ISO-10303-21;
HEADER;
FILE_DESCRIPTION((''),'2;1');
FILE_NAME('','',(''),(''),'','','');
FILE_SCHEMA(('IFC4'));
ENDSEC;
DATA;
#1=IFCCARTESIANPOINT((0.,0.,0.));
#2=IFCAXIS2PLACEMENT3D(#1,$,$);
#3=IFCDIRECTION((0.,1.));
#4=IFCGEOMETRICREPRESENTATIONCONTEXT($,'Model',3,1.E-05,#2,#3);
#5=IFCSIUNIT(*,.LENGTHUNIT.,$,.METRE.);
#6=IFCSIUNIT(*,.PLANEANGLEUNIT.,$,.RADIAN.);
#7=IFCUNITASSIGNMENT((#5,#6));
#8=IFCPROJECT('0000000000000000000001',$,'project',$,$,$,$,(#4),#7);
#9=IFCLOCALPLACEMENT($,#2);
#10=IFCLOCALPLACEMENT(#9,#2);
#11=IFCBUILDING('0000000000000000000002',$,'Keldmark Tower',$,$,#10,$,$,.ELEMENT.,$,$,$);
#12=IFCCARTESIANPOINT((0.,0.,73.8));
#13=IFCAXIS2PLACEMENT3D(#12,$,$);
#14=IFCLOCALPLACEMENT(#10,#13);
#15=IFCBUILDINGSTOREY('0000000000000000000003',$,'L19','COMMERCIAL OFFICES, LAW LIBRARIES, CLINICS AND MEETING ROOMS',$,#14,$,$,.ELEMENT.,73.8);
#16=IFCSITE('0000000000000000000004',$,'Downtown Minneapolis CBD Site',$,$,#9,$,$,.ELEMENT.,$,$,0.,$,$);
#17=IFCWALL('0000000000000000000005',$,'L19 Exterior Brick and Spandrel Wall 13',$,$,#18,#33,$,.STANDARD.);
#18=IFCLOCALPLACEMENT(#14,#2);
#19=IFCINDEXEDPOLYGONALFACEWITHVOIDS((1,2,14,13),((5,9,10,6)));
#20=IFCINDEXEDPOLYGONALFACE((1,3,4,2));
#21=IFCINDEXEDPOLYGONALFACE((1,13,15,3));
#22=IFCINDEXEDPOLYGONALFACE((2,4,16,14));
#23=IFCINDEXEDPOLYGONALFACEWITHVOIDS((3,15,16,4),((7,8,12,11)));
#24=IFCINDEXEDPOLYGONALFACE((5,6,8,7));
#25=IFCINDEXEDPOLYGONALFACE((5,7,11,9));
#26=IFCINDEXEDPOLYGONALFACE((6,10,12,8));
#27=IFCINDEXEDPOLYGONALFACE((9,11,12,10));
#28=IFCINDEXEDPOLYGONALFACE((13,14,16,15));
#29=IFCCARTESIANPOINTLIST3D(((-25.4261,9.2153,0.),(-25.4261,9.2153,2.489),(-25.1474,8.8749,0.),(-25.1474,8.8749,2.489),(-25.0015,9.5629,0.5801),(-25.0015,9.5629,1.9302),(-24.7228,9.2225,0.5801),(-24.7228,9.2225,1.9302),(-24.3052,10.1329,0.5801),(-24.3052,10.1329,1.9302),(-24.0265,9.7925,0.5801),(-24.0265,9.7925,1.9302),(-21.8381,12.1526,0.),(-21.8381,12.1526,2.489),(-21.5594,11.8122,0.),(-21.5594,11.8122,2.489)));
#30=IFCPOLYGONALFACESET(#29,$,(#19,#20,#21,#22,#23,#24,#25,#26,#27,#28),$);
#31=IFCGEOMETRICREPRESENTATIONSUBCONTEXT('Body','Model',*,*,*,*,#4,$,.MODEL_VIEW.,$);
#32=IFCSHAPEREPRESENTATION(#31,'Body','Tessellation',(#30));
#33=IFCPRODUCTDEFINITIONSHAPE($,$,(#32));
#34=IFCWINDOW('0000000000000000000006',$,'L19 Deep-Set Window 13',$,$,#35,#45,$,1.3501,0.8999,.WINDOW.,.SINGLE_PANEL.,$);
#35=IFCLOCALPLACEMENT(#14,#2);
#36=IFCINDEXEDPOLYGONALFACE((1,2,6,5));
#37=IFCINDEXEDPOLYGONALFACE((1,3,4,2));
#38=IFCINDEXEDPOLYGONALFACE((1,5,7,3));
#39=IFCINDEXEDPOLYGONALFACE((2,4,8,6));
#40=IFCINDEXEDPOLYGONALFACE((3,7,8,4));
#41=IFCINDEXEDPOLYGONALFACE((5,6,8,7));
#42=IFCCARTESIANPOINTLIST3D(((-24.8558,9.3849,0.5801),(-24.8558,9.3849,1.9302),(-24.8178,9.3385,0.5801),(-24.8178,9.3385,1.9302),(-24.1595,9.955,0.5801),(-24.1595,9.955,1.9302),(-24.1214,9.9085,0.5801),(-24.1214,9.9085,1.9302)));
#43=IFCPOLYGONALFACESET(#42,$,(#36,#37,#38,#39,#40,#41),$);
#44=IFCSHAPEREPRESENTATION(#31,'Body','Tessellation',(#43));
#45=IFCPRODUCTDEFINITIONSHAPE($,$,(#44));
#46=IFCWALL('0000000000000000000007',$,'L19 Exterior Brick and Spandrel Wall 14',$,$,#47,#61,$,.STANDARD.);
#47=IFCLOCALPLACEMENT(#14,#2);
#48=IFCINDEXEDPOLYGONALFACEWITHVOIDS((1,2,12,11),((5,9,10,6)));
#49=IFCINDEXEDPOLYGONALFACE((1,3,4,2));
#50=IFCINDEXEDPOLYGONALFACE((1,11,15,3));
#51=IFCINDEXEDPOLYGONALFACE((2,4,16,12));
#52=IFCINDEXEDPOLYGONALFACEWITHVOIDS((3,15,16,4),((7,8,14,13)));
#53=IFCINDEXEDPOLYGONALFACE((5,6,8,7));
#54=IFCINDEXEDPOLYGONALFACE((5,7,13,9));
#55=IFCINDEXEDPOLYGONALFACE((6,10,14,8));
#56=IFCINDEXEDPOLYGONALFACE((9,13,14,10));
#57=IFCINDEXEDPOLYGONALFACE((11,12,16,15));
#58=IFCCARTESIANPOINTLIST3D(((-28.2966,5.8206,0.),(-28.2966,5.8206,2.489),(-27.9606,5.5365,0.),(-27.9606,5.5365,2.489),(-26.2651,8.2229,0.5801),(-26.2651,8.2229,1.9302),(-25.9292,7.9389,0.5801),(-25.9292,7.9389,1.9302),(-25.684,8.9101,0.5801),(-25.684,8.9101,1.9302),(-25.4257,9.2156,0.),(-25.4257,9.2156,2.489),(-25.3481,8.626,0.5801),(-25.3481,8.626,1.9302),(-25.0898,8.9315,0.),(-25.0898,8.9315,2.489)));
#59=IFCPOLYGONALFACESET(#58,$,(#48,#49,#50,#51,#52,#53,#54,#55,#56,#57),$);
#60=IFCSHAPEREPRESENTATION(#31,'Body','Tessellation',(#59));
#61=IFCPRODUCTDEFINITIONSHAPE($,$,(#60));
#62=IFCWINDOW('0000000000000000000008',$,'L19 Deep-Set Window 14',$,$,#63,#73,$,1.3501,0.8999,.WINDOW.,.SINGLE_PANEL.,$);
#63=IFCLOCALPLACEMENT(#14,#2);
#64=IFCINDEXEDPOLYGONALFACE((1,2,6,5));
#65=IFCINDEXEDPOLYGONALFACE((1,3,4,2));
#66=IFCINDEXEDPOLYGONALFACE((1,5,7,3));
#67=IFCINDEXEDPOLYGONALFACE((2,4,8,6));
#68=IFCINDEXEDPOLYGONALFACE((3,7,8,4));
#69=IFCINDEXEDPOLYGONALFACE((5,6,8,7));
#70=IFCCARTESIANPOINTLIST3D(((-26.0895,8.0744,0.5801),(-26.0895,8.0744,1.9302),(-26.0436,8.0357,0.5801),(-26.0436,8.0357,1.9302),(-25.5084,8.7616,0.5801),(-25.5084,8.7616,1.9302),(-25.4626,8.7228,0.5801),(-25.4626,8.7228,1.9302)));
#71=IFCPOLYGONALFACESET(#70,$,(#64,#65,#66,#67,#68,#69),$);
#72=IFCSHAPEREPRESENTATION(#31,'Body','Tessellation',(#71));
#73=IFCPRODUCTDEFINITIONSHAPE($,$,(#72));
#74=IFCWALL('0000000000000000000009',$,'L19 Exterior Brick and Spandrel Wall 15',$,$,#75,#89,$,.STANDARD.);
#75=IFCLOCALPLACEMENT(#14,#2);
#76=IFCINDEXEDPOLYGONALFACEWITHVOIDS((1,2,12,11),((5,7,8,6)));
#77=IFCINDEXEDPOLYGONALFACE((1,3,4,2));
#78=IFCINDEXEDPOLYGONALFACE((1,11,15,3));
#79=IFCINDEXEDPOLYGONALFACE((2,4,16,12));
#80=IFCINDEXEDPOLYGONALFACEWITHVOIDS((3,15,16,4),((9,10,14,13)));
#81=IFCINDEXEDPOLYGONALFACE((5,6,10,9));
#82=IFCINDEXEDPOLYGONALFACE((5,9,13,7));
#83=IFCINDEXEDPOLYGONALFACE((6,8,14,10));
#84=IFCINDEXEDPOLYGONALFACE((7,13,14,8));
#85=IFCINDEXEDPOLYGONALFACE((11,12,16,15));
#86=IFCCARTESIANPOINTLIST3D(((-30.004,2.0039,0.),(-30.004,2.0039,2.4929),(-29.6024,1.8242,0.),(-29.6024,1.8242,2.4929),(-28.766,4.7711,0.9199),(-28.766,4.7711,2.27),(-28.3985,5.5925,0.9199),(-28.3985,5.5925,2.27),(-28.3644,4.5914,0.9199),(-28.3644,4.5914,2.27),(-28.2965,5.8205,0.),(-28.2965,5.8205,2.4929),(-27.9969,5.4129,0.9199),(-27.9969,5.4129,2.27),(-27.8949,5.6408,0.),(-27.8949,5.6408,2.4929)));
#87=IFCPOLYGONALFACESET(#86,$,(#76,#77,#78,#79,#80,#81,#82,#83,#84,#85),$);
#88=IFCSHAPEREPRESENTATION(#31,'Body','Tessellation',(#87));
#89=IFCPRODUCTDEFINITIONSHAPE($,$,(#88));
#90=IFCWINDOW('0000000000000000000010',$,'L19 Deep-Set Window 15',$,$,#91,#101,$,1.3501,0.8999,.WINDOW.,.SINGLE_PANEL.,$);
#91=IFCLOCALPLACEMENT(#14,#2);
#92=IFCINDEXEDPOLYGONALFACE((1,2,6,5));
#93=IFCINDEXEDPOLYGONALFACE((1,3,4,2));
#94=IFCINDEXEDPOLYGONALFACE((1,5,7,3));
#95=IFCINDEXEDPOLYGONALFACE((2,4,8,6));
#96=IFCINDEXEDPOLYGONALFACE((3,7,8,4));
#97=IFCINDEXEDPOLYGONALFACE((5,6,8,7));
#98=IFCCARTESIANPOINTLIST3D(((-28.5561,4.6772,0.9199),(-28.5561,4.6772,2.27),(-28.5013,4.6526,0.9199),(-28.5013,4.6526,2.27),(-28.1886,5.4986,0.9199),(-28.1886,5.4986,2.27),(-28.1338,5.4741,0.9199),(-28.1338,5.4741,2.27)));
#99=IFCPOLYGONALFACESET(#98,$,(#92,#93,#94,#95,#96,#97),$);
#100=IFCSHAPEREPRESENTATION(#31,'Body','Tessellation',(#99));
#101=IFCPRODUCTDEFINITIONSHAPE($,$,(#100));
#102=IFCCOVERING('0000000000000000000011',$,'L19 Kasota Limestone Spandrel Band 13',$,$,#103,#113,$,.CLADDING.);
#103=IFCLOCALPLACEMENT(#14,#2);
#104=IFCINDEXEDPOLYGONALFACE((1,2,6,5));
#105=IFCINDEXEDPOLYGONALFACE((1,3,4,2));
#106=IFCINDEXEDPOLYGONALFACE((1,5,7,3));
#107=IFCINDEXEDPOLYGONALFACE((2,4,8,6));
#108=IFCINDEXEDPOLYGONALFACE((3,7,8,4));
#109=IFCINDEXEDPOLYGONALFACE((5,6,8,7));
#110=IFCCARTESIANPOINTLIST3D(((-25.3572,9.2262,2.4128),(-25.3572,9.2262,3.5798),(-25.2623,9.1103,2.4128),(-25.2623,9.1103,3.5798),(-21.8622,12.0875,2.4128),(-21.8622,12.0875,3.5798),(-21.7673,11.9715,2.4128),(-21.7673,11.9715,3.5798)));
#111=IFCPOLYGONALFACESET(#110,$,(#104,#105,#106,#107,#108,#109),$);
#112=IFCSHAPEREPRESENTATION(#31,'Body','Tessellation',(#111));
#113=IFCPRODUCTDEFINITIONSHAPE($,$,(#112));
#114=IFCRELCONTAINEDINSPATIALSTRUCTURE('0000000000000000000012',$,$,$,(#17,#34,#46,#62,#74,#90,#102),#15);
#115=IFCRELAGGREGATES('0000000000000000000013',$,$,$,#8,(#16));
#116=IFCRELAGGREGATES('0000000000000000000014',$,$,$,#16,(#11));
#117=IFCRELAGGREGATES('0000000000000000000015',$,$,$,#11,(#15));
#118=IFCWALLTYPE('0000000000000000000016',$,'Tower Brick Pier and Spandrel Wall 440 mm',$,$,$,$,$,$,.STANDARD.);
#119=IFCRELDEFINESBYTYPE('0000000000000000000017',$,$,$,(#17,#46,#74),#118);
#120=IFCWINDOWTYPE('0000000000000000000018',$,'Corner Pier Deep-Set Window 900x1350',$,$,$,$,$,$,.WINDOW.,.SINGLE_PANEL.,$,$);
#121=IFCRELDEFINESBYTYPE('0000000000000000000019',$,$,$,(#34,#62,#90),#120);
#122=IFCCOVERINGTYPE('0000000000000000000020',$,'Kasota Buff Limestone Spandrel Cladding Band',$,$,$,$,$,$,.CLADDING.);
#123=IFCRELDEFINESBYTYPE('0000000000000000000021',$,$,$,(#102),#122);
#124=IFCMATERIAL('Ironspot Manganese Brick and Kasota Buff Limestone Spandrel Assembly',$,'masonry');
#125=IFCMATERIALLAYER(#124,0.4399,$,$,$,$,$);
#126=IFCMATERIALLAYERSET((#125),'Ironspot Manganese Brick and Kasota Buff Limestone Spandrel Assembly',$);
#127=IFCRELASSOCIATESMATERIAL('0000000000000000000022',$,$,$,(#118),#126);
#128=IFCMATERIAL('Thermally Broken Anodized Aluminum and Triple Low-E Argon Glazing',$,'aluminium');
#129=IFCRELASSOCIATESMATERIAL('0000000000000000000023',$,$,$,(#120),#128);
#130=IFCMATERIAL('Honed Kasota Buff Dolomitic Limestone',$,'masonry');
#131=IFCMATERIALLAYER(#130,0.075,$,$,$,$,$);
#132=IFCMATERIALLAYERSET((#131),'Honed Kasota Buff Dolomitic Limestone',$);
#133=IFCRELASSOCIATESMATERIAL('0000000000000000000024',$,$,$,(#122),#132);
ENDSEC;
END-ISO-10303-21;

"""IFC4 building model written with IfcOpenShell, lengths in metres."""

from ifc_helpers import new_model, si_unit, direction, frame, frame_2d, origin, origin_2d, place, context, subcontext, project, spatial, rectangle, extrude, material, layer, layer_set, type_object, element, fill, save


model = new_model("IFC4")

# Units and contexts
model_context = context("Model", 3, precision=1e-05, world=origin(), true_north=direction((0.0, 1.0)))
body_context = subcontext(model_context, "Body", "Model", "MODEL_VIEW")
ifc_project = project(units=[si_unit("LENGTHUNIT", "METRE"), si_unit("PLANEANGLEUNIT", "RADIAN")], contexts=[model_context])

# Site, building, storey
site_placement = place(None, origin())
site = spatial("IfcSite", under=ifc_project, at=site_placement, Name="Downtown Minneapolis CBD Site", CompositionType="ELEMENT", RefElevation=0.0)
building_placement = place(site_placement, origin())
building = spatial("IfcBuilding", under=site, at=building_placement, Name="Keldmark Tower", CompositionType="ELEMENT")
storey_placement = place(building_placement, frame((0.0, 0.0, 73.8)))
storey = spatial("IfcBuildingStorey", under=building, at=storey_placement, Name="L19", Description="COMMERCIAL OFFICES, LAW LIBRARIES, CLINICS AND MEETING ROOMS", CompositionType="ELEMENT", Elevation=73.8)

# Walls, openings, windows
ifc_material_1 = material(Name="Ironspot Manganese Brick and Kasota Buff Limestone Spandrel Assembly", Category="masonry")
ifc_layer_1 = layer(ifc_material_1, 0.4399)
ifc_layer_set_1 = layer_set([ifc_layer_1], Name="Ironspot Manganese Brick and Kasota Buff Limestone Spandrel Assembly")
wall_type_1 = type_object("IfcWallType", Name="Tower Brick Pier and Spandrel Wall 440 mm", PredefinedType="STANDARD", material=ifc_layer_set_1)
wall_1_placement = place(storey_placement, frame((-25.2866, 9.0452, 0.0), z_axis=(0.0, 0.0, 1.0), x_axis=(0.773777, 0.633459, 0.0)))
wall_1 = element("IfcWall", 1, at=wall_1_placement, inside=storey, type_object=wall_type_1, Name="L19 Exterior Brick and Spandrel Wall 13", PredefinedType="STANDARD", context=body_context, shape_type="SweptSolid", body=[
    extrude(rectangle(XDim=4.637, YDim=0.4399, at=frame_2d((2.3184, 0.0))), origin(), (0.0, 0.0, 1.0), 2.489),
])
opening_1_placement = place(wall_1_placement, frame((0.5486, 0.0, 0.5801)))
opening_1 = element("IfcOpeningElement", 2, at=opening_1_placement, cuts=wall_1, PredefinedType="OPENING", context=body_context, shape_type="SweptSolid", body=[
    extrude(rectangle(XDim=0.8999, YDim=1.3501, at=frame_2d((0.45, 0.675))), frame((0.0, 0.23, 0.0), z_axis=(0.0, -1.0, 0.0), x_axis=(1.0, 0.0, 0.0)), (0.0, 0.0, 1.0), 0.46),
])
ifc_material_2 = material(Name="Thermally Broken Anodized Aluminum and Triple Low-E Argon Glazing", Category="aluminium")
window_type_1 = type_object("IfcWindowType", Name="Corner Pier Deep-Set Window 900x1350", PartitioningType="SINGLE_PANEL", PredefinedType="WINDOW", material=ifc_material_2)
window_1_placement = place(opening_1_placement, origin())
window_1 = element("IfcWindow", 3, at=window_1_placement, inside=storey, type_object=window_type_1, Name="L19 Deep-Set Window 13", OverallHeight=1.3501, OverallWidth=0.8999, PartitioningType="SINGLE_PANEL", PredefinedType="WINDOW", context=body_context, shape_type="SweptSolid", body=[
    extrude(rectangle(XDim=0.8999, YDim=1.3501, at=frame_2d((0.45, 0.675))), frame((0.0, -0.01, 0.0), z_axis=(0.0, -1.0, 0.0), x_axis=(1.0, 0.0, 0.0)), (0.0, 0.0, 1.0), 0.0601),
])
fill(opening_1, window_1)
wall_2_placement = place(storey_placement, frame((-28.1287, 5.6785, 0.0), z_axis=(0.0, 0.0, 1.0), x_axis=(0.645699, 0.763592, 0.0)))
wall_2 = element("IfcWall", 4, at=wall_2_placement, inside=storey, type_object=wall_type_1, Name="L19 Exterior Brick and Spandrel Wall 14", PredefinedType="STANDARD", context=body_context, shape_type="SweptSolid", body=[
    extrude(rectangle(XDim=4.446, YDim=0.4399, at=frame_2d((2.2231, 0.0))), origin(), (0.0, 0.0, 1.0), 2.489),
])
opening_2_placement = place(wall_2_placement, frame((3.1462, 0.0, 0.5801)))
opening_2 = element("IfcOpeningElement", 5, at=opening_2_placement, cuts=wall_2, PredefinedType="OPENING", context=body_context, shape_type="SweptSolid", body=[
    extrude(rectangle(XDim=0.8999, YDim=1.3501, at=frame_2d((0.45, 0.675))), frame((0.0, 0.23, 0.0), z_axis=(0.0, -1.0, 0.0), x_axis=(1.0, 0.0, 0.0)), (0.0, 0.0, 1.0), 0.46),
])
window_2_placement = place(opening_2_placement, origin())
window_2 = element("IfcWindow", 6, at=window_2_placement, inside=storey, type_object=window_type_1, Name="L19 Deep-Set Window 14", OverallHeight=1.3501, OverallWidth=0.8999, PartitioningType="SINGLE_PANEL", PredefinedType="WINDOW", context=body_context, shape_type="SweptSolid", body=[
    extrude(rectangle(XDim=0.8999, YDim=1.3501, at=frame_2d((0.45, 0.675))), frame((0.0, -0.01, 0.0), z_axis=(0.0, -1.0, 0.0), x_axis=(1.0, 0.0, 0.0)), (0.0, 0.0, 1.0), 0.0601),
])
fill(opening_2, window_2)
wall_3_placement = place(storey_placement, frame((-29.8032, 1.9141, 0.0), z_axis=(0.0, 0.0, 1.0), x_axis=(0.40838, 0.912812, 0.0)))
wall_3 = element("IfcWall", 7, at=wall_3_placement, inside=storey, type_object=wall_type_1, Name="L19 Exterior Brick and Spandrel Wall 15", PredefinedType="STANDARD", context=body_context, shape_type="SweptSolid", body=[
    extrude(rectangle(XDim=4.1812, YDim=0.4399, at=frame_2d((2.0906, 0.0))), origin(), (0.0, 0.0, 1.0), 2.4929),
])
opening_3_placement = place(wall_3_placement, frame((3.0315, 0.0, 0.9199)))
opening_3 = element("IfcOpeningElement", 8, at=opening_3_placement, cuts=wall_3, PredefinedType="OPENING", context=body_context, shape_type="SweptSolid", body=[
    extrude(rectangle(XDim=0.8999, YDim=1.3501, at=frame_2d((0.45, 0.675))), frame((0.0, 0.23, 0.0), z_axis=(0.0, -1.0, 0.0), x_axis=(1.0, 0.0, 0.0)), (0.0, 0.0, 1.0), 0.46),
])
window_3_placement = place(opening_3_placement, origin())
window_3 = element("IfcWindow", 9, at=window_3_placement, inside=storey, type_object=window_type_1, Name="L19 Deep-Set Window 15", OverallHeight=1.3501, OverallWidth=0.8999, PartitioningType="SINGLE_PANEL", PredefinedType="WINDOW", context=body_context, shape_type="SweptSolid", body=[
    extrude(rectangle(XDim=0.8999, YDim=1.3501, at=frame_2d((0.45, 0.675))), frame((0.0, -0.01, 0.0), z_axis=(0.0, -1.0, 0.0), x_axis=(1.0, 0.0, 0.0)), (0.0, 0.0, 1.0), 0.0601),
])
fill(opening_3, window_3)

# Covering
ifc_material_3 = material(Name="Honed Kasota Buff Dolomitic Limestone", Category="masonry")
ifc_layer_2 = layer(ifc_material_3, 0.075)
ifc_layer_set_2 = layer_set([ifc_layer_2], Name="Honed Kasota Buff Dolomitic Limestone")
covering_type = type_object("IfcCoveringType", Name="Kasota Buff Limestone Spandrel Cladding Band", PredefinedType="CLADDING", material=ifc_layer_set_2)
covering_placement = place(storey_placement, frame((-23.5623, 10.5989, 2.4128), z_axis=(0.0, 0.0, 1.0), x_axis=(-0.773774, -0.633462, 0.0)))
element("IfcCovering", 10, at=covering_placement, inside=storey, type_object=covering_type, Name="L19 Kasota Limestone Spandrel Band 13", PredefinedType="CLADDING", context=body_context, shape_type="SweptSolid", body=[
    extrude(rectangle(XDim=4.5168, YDim=0.1499, at=origin_2d()), origin(), (0.0, 0.0, 1.0), 1.167),
])

save(model, "model.ifc")
